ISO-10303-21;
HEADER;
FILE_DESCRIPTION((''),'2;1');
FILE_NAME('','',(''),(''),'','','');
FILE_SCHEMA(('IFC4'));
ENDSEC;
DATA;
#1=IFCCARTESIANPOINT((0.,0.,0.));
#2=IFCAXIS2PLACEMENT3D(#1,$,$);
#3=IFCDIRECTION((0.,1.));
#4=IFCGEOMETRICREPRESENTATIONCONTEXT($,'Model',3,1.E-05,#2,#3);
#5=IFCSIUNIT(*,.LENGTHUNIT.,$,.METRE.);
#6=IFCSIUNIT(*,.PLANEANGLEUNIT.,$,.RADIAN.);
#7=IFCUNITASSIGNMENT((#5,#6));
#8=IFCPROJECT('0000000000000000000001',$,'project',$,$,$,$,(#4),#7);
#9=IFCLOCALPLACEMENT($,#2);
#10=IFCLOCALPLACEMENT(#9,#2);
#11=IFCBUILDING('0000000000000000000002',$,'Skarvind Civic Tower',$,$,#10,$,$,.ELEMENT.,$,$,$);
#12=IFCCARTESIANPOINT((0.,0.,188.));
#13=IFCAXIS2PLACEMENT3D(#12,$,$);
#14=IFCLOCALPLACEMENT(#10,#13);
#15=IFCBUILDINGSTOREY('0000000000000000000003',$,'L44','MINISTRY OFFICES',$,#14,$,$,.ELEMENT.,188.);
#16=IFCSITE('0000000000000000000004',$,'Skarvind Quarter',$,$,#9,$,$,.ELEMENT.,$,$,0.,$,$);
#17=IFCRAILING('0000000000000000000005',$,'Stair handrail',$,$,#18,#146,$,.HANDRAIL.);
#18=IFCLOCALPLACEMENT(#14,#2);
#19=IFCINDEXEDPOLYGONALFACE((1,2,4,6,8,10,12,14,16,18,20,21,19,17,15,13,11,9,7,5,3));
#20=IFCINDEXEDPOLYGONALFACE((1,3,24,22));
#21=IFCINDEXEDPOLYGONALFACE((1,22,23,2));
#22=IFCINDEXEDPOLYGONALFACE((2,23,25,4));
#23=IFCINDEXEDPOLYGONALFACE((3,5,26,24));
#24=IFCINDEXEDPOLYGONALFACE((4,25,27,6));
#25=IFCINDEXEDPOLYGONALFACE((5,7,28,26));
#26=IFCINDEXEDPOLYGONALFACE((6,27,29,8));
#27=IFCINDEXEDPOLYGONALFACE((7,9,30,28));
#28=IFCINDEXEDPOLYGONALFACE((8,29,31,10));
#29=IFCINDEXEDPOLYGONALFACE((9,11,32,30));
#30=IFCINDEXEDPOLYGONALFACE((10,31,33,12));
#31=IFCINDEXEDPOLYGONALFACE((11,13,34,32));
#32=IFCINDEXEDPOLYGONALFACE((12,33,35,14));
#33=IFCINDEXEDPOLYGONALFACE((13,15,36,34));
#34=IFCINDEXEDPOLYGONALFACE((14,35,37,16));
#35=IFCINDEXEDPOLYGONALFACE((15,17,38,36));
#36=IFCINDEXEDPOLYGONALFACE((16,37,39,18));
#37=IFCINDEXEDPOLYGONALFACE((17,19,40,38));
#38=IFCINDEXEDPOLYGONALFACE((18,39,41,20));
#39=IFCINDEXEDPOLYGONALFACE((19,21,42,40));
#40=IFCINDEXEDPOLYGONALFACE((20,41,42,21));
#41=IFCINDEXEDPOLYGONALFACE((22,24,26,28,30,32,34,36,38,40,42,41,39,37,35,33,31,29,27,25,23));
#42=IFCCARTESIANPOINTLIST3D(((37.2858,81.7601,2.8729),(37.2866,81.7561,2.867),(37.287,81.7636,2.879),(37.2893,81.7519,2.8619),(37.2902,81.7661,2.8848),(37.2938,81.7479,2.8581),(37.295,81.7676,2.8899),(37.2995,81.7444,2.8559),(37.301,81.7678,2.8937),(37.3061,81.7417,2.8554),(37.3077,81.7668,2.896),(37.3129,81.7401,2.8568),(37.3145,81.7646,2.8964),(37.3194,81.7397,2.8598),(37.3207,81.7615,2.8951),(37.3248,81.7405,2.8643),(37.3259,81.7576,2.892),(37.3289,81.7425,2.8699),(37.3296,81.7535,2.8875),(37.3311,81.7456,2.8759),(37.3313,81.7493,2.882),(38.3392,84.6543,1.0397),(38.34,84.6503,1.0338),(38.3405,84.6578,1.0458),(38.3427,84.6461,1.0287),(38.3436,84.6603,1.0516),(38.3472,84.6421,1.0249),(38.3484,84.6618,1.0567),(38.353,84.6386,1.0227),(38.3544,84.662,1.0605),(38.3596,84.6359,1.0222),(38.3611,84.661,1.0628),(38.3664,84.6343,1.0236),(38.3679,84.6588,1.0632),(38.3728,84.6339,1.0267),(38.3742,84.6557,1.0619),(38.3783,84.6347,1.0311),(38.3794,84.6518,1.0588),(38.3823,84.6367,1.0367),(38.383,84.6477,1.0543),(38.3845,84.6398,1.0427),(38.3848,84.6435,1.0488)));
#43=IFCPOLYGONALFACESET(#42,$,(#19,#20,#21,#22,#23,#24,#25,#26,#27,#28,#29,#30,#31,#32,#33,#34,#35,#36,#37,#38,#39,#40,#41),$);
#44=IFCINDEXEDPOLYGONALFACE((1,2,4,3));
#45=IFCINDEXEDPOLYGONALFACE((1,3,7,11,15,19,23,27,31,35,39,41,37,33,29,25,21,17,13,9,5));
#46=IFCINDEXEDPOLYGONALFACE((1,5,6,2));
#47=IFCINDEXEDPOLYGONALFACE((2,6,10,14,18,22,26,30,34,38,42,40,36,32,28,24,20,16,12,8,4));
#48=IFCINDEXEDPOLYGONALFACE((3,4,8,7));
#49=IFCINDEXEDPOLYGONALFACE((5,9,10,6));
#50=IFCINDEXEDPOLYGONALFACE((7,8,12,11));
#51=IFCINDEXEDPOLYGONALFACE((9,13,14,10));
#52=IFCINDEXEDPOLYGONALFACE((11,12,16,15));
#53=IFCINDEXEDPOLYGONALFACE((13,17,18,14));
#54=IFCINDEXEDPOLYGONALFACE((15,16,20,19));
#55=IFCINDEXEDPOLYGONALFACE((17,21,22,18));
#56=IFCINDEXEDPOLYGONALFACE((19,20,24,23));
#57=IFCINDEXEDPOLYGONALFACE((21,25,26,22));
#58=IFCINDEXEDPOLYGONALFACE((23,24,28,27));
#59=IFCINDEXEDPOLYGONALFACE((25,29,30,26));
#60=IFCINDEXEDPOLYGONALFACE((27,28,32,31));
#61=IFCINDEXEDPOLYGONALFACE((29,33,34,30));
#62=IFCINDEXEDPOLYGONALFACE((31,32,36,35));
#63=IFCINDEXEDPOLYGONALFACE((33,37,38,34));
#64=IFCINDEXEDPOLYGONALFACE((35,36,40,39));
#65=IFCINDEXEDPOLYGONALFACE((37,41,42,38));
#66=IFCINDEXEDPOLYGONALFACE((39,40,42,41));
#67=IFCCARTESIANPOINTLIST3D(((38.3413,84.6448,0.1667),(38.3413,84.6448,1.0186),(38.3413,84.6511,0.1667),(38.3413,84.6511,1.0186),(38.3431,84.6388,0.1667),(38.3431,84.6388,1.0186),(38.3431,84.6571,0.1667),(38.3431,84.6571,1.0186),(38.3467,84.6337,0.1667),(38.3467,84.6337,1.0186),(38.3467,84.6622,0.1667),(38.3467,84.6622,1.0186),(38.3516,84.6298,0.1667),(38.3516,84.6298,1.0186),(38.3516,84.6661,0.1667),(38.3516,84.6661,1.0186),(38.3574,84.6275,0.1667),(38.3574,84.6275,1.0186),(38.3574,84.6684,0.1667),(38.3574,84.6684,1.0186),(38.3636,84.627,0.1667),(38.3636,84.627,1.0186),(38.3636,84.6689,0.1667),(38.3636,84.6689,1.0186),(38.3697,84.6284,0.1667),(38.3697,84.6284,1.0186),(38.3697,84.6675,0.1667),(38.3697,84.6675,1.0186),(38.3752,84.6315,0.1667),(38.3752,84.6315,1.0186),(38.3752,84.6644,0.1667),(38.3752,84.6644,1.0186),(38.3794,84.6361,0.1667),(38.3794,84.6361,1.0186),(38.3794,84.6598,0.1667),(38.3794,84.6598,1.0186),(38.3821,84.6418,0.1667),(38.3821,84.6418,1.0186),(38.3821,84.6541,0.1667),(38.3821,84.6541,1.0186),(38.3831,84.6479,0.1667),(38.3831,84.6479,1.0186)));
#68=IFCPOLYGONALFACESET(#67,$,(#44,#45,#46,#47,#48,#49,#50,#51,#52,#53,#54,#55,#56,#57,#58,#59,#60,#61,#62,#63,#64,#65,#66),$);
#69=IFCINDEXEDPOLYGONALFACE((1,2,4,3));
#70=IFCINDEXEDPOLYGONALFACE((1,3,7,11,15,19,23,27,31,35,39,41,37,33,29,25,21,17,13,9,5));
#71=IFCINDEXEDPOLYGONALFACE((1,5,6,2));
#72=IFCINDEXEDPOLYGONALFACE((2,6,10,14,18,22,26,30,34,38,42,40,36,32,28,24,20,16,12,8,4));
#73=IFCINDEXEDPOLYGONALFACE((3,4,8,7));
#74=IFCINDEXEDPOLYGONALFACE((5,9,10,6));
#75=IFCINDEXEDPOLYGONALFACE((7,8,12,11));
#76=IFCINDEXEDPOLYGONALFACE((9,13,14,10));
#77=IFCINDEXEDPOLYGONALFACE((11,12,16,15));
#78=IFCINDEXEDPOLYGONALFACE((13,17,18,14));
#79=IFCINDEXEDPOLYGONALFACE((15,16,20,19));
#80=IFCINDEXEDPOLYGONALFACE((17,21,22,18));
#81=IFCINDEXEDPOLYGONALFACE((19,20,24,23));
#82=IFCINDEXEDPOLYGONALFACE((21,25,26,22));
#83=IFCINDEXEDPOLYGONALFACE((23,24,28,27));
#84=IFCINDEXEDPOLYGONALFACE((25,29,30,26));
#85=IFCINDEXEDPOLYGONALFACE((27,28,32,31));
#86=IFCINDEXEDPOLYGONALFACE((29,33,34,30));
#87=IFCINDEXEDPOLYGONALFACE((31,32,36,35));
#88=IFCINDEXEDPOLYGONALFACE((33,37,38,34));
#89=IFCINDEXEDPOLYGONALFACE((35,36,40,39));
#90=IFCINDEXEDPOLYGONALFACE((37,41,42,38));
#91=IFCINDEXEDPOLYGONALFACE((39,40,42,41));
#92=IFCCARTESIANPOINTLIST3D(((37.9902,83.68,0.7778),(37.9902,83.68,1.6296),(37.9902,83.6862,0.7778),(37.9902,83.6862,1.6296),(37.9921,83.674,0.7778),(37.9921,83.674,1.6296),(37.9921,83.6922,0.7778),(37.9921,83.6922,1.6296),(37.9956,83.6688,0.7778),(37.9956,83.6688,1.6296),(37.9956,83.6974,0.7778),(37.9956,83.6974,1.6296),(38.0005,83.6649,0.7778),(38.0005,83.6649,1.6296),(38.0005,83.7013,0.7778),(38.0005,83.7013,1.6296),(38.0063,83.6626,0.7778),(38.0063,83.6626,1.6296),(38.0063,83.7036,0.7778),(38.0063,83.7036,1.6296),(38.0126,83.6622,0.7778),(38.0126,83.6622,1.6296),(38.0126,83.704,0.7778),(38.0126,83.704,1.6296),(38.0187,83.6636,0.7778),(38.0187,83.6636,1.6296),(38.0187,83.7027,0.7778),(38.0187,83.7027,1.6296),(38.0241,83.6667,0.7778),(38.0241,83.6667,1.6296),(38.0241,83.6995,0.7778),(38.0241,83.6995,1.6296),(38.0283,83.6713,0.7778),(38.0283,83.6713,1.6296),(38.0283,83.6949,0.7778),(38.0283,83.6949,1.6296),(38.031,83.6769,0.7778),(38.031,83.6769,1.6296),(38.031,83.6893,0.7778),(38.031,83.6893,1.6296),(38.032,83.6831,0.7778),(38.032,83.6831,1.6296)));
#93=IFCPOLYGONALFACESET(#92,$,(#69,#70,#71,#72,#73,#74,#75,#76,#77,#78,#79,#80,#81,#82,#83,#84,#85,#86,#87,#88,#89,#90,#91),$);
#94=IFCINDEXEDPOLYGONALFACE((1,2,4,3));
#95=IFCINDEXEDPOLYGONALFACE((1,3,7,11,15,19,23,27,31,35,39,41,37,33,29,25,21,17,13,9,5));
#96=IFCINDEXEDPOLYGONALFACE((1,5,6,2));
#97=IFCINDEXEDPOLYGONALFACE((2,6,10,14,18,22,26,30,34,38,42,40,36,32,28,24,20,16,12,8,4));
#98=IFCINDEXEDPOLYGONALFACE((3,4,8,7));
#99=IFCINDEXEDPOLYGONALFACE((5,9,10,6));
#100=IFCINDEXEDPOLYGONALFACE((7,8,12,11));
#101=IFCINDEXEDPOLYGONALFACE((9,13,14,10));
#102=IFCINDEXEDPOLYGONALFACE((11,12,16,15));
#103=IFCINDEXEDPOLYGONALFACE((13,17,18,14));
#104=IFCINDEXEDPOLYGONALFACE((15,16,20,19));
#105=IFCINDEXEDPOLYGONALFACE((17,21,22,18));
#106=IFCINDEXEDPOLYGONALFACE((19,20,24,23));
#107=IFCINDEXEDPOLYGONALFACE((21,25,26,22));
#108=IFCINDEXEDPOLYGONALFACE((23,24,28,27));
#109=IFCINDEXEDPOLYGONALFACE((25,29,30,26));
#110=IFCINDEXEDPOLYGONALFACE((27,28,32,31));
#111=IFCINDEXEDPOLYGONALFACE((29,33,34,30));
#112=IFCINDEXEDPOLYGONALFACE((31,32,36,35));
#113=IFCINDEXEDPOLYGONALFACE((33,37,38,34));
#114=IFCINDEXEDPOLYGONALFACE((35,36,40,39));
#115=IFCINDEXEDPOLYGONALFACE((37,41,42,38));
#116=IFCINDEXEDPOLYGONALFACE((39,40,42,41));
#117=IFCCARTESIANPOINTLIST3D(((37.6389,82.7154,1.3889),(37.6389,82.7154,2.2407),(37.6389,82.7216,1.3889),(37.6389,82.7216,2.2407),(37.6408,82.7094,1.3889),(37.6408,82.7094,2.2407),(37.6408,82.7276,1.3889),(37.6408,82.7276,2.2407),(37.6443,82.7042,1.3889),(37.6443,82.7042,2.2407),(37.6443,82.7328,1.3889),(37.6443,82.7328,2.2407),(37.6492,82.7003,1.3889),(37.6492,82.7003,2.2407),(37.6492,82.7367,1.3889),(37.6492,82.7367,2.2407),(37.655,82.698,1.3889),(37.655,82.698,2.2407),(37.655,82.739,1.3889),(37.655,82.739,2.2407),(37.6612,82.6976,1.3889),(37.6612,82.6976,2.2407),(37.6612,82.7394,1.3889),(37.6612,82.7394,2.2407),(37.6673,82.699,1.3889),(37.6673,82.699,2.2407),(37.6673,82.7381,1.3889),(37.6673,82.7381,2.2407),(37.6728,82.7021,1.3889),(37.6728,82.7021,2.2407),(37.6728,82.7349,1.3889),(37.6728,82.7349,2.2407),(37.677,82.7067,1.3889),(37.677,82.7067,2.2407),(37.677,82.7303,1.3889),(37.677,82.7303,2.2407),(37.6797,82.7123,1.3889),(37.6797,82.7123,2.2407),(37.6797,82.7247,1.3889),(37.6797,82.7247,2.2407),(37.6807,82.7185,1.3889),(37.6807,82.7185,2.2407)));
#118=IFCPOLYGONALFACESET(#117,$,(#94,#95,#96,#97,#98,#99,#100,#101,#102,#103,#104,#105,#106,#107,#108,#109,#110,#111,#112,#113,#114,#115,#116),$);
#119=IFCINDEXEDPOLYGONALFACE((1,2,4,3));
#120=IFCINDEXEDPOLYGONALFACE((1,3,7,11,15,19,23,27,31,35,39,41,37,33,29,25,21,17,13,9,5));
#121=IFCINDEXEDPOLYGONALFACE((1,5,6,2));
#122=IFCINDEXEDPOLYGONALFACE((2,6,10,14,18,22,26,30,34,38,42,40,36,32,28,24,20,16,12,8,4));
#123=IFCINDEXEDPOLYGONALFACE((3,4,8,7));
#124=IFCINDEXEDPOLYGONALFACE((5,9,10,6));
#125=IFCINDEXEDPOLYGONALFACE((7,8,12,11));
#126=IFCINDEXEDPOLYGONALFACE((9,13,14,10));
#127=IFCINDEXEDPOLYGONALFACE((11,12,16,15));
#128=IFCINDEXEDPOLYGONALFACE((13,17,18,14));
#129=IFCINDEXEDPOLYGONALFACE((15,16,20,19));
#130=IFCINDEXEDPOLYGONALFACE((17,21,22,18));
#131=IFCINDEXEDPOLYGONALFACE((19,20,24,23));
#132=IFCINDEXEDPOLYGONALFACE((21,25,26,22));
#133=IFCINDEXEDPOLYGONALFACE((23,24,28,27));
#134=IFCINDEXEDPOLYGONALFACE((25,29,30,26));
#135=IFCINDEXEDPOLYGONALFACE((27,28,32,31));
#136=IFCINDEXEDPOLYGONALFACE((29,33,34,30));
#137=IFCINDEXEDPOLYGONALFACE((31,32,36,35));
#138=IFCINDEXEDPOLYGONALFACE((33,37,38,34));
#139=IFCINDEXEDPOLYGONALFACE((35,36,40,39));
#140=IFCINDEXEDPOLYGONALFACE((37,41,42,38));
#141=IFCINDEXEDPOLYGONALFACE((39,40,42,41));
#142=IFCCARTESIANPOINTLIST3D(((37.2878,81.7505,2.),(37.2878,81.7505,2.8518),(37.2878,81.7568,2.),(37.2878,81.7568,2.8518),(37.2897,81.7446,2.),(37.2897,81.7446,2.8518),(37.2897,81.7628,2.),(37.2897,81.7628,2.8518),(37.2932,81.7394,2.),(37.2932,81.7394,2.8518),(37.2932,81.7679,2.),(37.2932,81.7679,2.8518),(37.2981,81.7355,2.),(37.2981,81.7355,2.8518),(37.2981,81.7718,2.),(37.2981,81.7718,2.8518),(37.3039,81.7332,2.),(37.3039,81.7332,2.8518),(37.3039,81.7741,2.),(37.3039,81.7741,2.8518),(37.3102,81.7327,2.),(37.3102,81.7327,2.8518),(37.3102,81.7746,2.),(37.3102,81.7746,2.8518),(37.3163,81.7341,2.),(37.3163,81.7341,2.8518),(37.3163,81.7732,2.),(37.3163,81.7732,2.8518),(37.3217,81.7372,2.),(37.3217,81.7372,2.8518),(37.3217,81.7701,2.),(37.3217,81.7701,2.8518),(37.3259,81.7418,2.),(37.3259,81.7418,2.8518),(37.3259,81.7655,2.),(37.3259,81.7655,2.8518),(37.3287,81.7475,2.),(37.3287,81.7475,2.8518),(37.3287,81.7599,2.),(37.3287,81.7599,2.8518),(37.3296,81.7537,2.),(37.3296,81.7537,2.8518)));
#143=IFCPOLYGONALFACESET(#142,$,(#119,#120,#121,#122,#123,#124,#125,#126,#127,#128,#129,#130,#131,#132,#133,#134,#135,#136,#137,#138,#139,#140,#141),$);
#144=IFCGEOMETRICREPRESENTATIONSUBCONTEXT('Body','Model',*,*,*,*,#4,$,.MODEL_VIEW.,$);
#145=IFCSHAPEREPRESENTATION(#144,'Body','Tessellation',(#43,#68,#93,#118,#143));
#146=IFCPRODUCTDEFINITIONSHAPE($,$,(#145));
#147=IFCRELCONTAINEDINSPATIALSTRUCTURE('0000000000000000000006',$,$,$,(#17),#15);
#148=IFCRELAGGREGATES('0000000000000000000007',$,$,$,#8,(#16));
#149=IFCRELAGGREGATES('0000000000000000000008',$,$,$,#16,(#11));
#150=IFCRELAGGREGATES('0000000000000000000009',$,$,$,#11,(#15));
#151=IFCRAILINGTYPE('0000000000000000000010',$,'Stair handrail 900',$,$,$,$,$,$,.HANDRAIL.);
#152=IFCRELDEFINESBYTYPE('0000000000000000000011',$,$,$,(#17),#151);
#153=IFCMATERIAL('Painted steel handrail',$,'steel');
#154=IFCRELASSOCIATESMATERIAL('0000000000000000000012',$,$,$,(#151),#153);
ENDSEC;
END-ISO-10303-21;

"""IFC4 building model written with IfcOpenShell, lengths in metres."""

from ifc_helpers import new_model, si_unit, direction, frame, origin, origin_2d, place, context, subcontext, project, spatial, circle, extrude, material, type_object, element, save


model = new_model("IFC4")

# Units and contexts
model_context = context("Model", 3, precision=1e-05, world=origin(), true_north=direction((0.0, 1.0)))
body_context = subcontext(model_context, "Body", "Model", "MODEL_VIEW")
ifc_project = project(units=[si_unit("LENGTHUNIT", "METRE"), si_unit("PLANEANGLEUNIT", "RADIAN")], contexts=[model_context])

# Site, building, storey
site_placement = place(None, origin())
site = spatial("IfcSite", under=ifc_project, at=site_placement, Name="Skarvind Quarter", CompositionType="ELEMENT", RefElevation=0.0)
building_placement = place(site_placement, origin())
building = spatial("IfcBuilding", under=site, at=building_placement, Name="Skarvind Civic Tower", CompositionType="ELEMENT")
storey_placement = place(building_placement, frame((0.0, 0.0, 188.0)))
storey = spatial("IfcBuildingStorey", under=building, at=storey_placement, Name="L44", Description="MINISTRY OFFICES", CompositionType="ELEMENT", Elevation=188.0)

# Railing
ifc_material_1 = material(Name="Painted steel handrail", Category="steel")
railing_type = type_object("IfcRailingType", Name="Stair handrail 900", PredefinedType="HANDRAIL", material=ifc_material_1)
railing_1_placement = place(storey_placement, frame((38.3621, 84.6479, 0.1667)))
element("IfcRailing", 1, at=railing_1_placement, inside=storey, type_object=railing_type, Name="Stair handrail", PredefinedType="HANDRAIL", context=body_context, shape_type="SweptSolid", body=[
    extrude(circle(Radius=0.0239, at=origin_2d()), frame((0.0, 0.0, 0.876), z_axis=(-0.293908, -0.807481, 0.511461), x_axis=(0.939689, -0.342029, 0.0)), (0.0, 0.0, 1.0), 3.5842),
    extrude(circle(Radius=0.021, at=origin_2d()), origin(), (0.0, 0.0, 1.0), 0.8518),
    extrude(circle(Radius=0.021, at=origin_2d()), frame((-0.3511, -0.9648, 0.6111)), (0.0, 0.0, 1.0), 0.8518),
    extrude(circle(Radius=0.021, at=origin_2d()), frame((-0.7024, -1.9294, 1.2222)), (0.0, 0.0, 1.0), 0.8518),
    extrude(circle(Radius=0.021, at=origin_2d()), frame((-1.0535, -2.8943, 1.8333)), (0.0, 0.0, 1.0), 0.8518),
])

save(model, "model.ifc")
